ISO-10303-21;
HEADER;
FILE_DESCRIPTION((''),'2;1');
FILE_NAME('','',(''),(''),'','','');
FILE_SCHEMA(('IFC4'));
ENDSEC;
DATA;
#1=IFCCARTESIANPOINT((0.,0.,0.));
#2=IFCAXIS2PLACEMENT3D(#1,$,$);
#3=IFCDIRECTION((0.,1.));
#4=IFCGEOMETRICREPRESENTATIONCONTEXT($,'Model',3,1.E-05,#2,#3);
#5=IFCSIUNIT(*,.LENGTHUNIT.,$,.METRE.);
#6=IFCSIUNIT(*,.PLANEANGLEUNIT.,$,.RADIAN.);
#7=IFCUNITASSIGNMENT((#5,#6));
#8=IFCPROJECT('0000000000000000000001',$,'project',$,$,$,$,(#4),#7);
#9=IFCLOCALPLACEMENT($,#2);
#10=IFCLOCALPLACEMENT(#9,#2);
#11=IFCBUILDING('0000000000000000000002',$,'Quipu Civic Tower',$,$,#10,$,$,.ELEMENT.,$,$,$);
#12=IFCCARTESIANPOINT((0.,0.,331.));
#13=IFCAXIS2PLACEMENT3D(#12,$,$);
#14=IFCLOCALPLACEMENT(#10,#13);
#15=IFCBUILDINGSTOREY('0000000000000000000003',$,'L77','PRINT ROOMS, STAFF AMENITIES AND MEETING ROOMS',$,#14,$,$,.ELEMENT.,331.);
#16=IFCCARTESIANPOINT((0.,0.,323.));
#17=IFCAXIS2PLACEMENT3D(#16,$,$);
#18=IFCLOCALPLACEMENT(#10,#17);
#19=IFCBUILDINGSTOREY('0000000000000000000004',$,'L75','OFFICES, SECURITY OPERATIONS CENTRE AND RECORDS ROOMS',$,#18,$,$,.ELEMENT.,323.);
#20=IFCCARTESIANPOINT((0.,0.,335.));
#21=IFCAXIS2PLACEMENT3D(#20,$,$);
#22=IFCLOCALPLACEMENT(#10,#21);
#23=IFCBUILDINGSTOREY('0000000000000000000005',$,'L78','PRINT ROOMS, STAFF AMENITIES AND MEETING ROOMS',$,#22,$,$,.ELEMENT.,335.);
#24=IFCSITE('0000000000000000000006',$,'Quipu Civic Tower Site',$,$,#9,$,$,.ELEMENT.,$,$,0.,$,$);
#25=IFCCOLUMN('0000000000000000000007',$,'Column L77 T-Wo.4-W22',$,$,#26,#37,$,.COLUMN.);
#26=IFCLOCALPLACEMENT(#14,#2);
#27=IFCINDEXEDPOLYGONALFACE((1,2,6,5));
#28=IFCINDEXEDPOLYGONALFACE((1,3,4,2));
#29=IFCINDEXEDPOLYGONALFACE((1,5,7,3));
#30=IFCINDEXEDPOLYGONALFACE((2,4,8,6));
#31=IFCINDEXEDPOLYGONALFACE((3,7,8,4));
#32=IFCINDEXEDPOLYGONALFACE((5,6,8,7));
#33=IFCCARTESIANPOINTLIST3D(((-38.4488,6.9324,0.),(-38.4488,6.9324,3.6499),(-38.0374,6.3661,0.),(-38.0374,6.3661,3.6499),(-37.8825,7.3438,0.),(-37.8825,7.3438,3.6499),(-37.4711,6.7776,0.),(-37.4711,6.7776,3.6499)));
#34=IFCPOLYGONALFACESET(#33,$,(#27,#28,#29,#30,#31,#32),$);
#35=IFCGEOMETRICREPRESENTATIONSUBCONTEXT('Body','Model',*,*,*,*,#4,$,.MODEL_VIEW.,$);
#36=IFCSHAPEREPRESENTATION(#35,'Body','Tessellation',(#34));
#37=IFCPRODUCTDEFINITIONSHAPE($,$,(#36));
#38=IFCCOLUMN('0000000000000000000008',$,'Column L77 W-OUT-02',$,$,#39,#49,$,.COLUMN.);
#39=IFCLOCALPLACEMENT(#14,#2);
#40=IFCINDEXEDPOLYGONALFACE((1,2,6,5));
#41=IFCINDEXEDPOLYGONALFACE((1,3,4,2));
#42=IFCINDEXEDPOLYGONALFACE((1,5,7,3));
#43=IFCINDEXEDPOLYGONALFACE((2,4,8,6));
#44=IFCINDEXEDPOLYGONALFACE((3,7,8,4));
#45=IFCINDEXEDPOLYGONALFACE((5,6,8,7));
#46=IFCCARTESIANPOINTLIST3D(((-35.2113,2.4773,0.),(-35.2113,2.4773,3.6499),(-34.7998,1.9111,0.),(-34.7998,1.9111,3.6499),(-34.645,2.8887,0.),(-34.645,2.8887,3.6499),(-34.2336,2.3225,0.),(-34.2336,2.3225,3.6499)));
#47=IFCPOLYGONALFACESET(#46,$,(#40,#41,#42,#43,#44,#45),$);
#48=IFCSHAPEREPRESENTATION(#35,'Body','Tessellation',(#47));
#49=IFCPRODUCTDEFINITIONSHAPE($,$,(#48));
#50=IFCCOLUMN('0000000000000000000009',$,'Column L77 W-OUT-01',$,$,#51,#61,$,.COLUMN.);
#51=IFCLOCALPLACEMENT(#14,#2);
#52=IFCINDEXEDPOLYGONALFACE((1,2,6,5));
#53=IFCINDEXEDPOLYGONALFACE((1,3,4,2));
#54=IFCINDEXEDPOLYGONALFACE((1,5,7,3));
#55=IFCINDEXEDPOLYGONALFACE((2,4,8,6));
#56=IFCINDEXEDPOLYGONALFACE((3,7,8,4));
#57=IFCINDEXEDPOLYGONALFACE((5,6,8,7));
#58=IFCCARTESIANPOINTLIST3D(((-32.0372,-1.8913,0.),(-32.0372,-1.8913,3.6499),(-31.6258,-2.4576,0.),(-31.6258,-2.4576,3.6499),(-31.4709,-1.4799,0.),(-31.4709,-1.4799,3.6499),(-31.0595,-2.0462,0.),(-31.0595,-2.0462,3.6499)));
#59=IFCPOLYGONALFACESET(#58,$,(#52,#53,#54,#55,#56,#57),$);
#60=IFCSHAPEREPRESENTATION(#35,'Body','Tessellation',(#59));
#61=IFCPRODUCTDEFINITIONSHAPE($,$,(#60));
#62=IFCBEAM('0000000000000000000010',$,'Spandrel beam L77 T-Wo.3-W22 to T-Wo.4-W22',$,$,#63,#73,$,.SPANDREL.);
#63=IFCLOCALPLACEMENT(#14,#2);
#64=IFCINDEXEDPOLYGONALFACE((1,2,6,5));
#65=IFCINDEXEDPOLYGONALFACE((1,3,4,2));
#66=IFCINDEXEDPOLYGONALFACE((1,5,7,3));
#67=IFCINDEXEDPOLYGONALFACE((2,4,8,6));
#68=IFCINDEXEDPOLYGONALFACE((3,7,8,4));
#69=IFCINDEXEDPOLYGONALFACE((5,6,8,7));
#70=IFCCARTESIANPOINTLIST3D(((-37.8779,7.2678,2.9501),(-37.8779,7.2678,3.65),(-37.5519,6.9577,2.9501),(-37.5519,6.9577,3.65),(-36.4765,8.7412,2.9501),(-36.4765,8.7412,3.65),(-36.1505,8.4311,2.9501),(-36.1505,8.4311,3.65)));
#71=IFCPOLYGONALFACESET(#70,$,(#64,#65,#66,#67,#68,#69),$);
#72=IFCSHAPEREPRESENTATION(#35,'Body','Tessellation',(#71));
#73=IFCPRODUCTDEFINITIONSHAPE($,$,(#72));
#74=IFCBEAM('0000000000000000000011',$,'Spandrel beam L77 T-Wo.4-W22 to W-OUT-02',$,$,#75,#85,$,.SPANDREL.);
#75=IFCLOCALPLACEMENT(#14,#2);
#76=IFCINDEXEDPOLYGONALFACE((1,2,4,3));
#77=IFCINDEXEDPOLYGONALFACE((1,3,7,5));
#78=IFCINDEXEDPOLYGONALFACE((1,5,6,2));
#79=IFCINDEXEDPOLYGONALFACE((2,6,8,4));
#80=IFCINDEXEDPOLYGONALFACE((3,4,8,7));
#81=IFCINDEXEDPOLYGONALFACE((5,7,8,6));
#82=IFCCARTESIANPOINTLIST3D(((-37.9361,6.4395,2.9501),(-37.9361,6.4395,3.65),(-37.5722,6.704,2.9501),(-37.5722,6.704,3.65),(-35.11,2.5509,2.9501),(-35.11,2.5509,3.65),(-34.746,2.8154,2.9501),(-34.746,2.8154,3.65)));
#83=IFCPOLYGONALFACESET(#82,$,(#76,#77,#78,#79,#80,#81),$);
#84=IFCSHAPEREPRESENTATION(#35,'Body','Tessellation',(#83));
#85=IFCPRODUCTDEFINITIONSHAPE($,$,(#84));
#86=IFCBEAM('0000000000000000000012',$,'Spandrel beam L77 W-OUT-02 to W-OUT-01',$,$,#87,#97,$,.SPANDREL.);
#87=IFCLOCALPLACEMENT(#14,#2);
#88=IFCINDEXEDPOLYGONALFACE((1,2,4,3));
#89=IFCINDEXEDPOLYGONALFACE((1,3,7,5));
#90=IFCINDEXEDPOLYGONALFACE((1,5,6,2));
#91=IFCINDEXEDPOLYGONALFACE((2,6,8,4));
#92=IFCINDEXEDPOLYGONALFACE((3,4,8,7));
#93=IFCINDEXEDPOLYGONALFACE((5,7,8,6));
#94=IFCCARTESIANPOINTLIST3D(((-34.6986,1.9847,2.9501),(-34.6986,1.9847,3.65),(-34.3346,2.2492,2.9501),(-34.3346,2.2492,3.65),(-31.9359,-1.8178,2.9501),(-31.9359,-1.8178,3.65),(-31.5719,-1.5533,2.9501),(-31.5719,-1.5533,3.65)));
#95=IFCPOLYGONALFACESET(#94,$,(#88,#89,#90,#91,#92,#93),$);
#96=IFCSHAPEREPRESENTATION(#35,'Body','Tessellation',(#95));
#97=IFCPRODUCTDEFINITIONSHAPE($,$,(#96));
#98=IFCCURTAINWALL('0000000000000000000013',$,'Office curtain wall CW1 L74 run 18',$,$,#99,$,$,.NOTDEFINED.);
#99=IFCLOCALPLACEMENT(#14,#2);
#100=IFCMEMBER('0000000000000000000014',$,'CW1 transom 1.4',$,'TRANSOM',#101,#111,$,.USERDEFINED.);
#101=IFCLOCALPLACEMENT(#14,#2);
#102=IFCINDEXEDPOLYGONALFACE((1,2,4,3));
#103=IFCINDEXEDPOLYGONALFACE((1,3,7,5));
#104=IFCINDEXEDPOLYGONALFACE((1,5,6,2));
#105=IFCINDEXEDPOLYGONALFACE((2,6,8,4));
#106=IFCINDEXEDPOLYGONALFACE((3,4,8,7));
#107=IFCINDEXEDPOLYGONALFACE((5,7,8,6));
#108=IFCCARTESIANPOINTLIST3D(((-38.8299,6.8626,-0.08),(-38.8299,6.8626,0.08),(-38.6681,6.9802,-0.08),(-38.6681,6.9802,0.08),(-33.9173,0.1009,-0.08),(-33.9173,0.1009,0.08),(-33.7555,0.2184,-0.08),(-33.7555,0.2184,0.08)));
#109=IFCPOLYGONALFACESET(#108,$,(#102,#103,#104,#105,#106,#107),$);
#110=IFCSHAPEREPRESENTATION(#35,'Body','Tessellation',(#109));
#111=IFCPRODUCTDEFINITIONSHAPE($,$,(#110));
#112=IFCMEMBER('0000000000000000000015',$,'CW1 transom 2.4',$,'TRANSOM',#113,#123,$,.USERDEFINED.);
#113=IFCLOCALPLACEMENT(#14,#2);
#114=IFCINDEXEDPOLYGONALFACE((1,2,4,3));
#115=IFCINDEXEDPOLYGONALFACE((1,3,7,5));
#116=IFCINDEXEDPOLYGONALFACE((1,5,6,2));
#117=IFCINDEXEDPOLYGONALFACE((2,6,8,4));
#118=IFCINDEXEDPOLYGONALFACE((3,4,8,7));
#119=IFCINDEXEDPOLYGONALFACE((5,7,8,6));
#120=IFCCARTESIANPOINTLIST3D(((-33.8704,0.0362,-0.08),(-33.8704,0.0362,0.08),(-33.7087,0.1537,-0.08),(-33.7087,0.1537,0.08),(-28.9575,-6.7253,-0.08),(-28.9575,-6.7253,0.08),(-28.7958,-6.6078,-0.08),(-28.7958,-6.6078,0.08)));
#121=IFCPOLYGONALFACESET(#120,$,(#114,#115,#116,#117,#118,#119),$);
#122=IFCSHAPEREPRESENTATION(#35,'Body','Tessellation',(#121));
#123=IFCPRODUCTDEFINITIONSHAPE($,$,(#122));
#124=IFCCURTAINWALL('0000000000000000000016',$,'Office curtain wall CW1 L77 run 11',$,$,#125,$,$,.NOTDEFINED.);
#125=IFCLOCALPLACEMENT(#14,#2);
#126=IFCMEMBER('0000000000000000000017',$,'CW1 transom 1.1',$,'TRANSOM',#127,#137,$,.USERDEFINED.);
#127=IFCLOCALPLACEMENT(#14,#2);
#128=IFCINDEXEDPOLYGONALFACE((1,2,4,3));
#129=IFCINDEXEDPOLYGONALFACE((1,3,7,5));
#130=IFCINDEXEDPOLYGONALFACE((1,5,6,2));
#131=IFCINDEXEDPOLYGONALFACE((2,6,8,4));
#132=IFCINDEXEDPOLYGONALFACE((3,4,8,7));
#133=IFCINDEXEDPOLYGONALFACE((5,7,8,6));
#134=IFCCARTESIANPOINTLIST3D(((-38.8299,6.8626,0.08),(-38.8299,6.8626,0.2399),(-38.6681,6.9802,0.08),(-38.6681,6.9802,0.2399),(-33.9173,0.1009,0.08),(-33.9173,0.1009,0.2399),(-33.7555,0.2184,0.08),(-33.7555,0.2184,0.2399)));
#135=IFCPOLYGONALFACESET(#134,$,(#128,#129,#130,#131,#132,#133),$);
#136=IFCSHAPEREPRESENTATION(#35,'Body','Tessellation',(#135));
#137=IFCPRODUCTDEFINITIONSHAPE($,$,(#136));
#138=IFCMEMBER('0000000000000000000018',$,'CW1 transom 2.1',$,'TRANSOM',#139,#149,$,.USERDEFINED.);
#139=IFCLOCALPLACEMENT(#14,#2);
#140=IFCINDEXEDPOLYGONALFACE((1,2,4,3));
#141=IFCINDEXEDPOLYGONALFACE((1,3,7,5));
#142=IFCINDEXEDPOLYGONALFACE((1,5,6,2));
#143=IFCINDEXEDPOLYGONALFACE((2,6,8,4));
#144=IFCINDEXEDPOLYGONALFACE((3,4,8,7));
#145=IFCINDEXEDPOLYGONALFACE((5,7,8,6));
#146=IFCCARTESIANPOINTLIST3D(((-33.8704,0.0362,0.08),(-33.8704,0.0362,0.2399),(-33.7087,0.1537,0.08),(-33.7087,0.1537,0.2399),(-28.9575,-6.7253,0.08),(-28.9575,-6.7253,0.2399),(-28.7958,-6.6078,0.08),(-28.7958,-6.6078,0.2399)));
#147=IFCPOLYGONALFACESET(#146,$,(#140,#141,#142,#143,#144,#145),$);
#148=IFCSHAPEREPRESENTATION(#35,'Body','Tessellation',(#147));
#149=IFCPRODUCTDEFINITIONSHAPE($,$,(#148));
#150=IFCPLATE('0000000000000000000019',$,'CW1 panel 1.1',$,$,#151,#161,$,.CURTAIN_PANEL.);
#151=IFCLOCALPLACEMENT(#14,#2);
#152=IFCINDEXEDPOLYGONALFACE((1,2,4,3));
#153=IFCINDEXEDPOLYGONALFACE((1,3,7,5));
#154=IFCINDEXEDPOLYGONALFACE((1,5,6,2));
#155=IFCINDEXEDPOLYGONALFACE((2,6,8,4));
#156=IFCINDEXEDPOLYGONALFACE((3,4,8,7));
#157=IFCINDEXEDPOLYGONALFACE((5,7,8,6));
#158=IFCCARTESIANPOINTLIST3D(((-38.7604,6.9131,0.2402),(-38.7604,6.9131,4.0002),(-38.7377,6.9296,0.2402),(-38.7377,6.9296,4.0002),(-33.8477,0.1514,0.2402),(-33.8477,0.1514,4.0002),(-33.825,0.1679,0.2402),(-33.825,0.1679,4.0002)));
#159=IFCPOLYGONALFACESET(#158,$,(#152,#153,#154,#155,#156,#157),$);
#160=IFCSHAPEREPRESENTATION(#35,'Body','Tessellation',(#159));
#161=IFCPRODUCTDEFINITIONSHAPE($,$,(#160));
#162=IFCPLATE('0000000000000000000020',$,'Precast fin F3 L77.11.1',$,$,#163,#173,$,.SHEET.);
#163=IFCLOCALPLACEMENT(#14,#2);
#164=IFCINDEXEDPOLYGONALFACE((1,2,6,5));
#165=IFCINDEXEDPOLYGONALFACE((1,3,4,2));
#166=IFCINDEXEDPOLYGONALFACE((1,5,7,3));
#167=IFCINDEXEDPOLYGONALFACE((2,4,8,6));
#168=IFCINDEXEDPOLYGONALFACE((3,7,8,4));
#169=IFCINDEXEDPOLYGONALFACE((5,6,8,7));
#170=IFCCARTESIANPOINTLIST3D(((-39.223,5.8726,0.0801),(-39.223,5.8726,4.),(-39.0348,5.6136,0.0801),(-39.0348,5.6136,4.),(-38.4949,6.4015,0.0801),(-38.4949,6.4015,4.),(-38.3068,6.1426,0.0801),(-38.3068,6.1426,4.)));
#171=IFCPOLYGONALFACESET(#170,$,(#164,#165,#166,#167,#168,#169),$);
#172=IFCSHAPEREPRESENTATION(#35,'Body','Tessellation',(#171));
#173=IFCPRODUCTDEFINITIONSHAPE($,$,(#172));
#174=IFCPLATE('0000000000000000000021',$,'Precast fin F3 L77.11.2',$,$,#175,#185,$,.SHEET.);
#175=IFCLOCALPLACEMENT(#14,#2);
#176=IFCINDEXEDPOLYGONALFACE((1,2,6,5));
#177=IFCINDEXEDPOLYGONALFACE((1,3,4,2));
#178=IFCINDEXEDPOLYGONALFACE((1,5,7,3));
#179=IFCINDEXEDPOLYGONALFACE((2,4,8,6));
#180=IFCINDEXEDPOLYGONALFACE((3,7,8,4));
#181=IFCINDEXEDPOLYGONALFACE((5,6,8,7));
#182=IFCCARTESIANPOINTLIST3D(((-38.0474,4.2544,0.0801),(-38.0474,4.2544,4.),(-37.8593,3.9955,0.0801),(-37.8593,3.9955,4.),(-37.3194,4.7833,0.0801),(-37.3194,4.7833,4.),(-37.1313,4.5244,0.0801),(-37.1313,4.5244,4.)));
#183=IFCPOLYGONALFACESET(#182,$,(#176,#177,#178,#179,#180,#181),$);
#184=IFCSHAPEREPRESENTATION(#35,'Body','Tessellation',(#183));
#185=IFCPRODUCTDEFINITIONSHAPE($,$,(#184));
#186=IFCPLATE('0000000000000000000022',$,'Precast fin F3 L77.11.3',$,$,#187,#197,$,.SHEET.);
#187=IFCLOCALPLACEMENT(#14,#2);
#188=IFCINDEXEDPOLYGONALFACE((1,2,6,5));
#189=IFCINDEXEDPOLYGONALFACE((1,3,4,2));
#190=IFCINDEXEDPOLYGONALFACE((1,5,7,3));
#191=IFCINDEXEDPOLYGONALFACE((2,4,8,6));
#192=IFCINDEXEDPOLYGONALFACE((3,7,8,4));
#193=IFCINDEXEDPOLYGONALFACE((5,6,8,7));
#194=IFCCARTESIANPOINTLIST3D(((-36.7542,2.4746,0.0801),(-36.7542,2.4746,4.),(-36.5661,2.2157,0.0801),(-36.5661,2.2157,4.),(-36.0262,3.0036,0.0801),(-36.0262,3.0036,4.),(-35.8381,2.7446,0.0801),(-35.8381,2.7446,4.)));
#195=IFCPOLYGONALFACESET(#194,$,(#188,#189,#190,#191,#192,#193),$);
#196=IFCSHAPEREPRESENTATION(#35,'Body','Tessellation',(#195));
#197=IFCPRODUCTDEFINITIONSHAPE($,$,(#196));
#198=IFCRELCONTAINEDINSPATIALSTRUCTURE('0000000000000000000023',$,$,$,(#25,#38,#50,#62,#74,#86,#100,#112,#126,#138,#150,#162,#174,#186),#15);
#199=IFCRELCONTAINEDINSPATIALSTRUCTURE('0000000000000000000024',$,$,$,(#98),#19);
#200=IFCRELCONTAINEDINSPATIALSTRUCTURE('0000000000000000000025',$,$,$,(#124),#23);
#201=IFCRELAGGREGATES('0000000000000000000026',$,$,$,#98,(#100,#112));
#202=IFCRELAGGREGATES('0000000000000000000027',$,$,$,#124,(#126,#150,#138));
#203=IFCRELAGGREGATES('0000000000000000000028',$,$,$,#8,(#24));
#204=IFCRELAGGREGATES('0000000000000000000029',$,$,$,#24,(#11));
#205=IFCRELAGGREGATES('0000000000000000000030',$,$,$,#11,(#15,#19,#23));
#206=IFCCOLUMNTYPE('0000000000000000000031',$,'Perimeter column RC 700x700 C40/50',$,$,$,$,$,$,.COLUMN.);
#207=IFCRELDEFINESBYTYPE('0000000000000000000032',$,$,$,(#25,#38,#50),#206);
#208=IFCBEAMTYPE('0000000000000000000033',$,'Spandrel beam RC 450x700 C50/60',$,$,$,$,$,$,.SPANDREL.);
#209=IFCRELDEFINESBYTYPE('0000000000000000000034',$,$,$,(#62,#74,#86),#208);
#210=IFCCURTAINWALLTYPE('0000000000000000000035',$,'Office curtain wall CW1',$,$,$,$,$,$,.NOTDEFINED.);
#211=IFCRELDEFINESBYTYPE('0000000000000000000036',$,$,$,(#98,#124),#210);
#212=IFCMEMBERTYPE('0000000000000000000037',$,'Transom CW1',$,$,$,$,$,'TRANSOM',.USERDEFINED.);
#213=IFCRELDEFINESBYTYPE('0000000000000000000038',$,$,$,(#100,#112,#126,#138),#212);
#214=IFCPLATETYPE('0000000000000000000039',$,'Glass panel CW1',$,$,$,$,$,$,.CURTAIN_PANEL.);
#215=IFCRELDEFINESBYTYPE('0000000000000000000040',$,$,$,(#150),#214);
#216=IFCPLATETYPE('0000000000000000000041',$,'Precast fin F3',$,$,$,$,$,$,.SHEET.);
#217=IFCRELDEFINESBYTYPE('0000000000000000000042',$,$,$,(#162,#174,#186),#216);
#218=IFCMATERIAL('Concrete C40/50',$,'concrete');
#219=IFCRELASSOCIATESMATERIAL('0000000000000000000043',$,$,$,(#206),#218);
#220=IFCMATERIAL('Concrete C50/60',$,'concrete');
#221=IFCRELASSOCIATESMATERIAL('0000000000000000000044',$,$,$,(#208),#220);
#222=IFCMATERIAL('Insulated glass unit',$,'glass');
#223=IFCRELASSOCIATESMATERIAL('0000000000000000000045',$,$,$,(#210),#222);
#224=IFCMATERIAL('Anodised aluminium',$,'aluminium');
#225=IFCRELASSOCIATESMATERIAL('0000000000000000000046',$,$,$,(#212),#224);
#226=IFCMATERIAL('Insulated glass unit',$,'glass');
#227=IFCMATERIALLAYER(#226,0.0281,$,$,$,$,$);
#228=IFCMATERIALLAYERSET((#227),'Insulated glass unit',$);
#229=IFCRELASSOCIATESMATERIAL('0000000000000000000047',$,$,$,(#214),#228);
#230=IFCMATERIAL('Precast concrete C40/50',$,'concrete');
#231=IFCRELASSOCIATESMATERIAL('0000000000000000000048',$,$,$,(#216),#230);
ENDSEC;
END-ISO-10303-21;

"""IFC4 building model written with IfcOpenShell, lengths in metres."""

from ifc_helpers import new_model, si_unit, direction, frame, origin, origin_2d, place, context, subcontext, project, spatial, rectangle, extrude, material, layer, layer_set, material_profile, profile_set, type_object, element, aggregate, save


model = new_model("IFC4")

# Units and contexts
model_context = context("Model", 3, precision=1e-05, world=origin(), true_north=direction((0.0, 1.0)))
body_context = subcontext(model_context, "Body", "Model", "MODEL_VIEW")
ifc_project = project(units=[si_unit("LENGTHUNIT", "METRE"), si_unit("PLANEANGLEUNIT", "RADIAN")], contexts=[model_context])

# Site, building, storey
site_placement = place(None, origin())
site = spatial("IfcSite", under=ifc_project, at=site_placement, Name="Quipu Civic Tower Site", CompositionType="ELEMENT", RefElevation=0.0)
building_placement = place(site_placement, origin())
building = spatial("IfcBuilding", under=site, at=building_placement, Name="Quipu Civic Tower", CompositionType="ELEMENT")
storey_1_placement = place(building_placement, frame((0.0, 0.0, 331.0)))
storey_1 = spatial("IfcBuildingStorey", under=building, at=storey_1_placement, Name="L77", Description="PRINT ROOMS, STAFF AMENITIES AND MEETING ROOMS", CompositionType="ELEMENT", Elevation=331.0)

# Columns
ifc_material_1 = material(Name="Concrete C40/50", Category="concrete")
ifc_material_profile_1 = material_profile(ifc_material_1, rectangle(XDim=0.7, YDim=0.7, at=origin_2d()), Name="RC700x700")
ifc_profile_set_1 = profile_set([ifc_material_profile_1], Name="Concrete C40/50")
column_type = type_object("IfcColumnType", Name="Perimeter column RC 700x700 C40/50", PredefinedType="COLUMN", material=ifc_profile_set_1)
for number, where, z_axis, x_axis, name in (
    (1, (-37.96, 6.855, 0.0), (0.0, 0.0, 1.0), (0.587785, -0.809017, 0.0), "Column L77 T-Wo.4-W22"),
    (2, (-34.7224, 2.3999, 0.0), (0.0, 0.0, 1.0), (0.587785, -0.809017, 0.0), "Column L77 W-OUT-02"),
    (3, (-31.5483, -1.9688, 0.0), (0.0, 0.0, 1.0), (0.587785, -0.809017, 0.0), "Column L77 W-OUT-01"),
):
    element("IfcColumn", number, at=place(storey_1_placement, frame(where, z_axis=z_axis, x_axis=x_axis)), inside=storey_1, type_object=column_type, Name=name, PredefinedType="COLUMN", context=body_context, shape_type="SweptSolid", body=[
        extrude(rectangle(XDim=0.7, YDim=0.7, at=origin_2d()), origin(), (0.0, 0.0, 1.0), 3.6499),
    ])

# Beams
ifc_material_2 = material(Name="Concrete C50/60", Category="concrete")
ifc_material_profile_2 = material_profile(ifc_material_2, rectangle(XDim=0.45, YDim=0.7, at=origin_2d()), Name="RC450x700")
ifc_profile_set_2 = profile_set([ifc_material_profile_2], Name="Concrete C50/60")
beam_type = type_object("IfcBeamType", Name="Spandrel beam RC 450x700 C50/60", PredefinedType="SPANDREL", material=ifc_profile_set_2)
beam_1_placement = place(storey_1_placement, frame((-36.3135, 8.5862, 3.3), z_axis=(-0.689175, -0.724595, 0.0), x_axis=(0.724595, -0.689175, 0.0)))
element("IfcBeam", 4, at=beam_1_placement, inside=storey_1, type_object=beam_type, Name="Spandrel beam L77 T-Wo.3-W22 to T-Wo.4-W22", PredefinedType="SPANDREL", context=body_context, shape_type="SweptSolid", body=[
    extrude(rectangle(XDim=0.45, YDim=0.7, at=origin_2d()), origin(), (0.0, 0.0, 1.0), 2.0334),
])
beam_2_placement = place(storey_1_placement, frame((-37.7542, 6.5718, 3.3), z_axis=(0.587906, -0.808929, 0.0), x_axis=(0.808929, 0.587906, 0.0)))
element("IfcBeam", 5, at=beam_2_placement, inside=storey_1, type_object=beam_type, Name="Spandrel beam L77 T-Wo.4-W22 to W-OUT-02", PredefinedType="SPANDREL", context=body_context, shape_type="SweptSolid", body=[
    extrude(rectangle(XDim=0.45, YDim=0.7, at=origin_2d()), origin(), (0.0, 0.0, 1.0), 4.8071),
])
beam_3_placement = place(storey_1_placement, frame((-34.5166, 2.1169, 3.3), z_axis=(0.587789, -0.809015, 0.0), x_axis=(0.809015, 0.587789, 0.0)))
element("IfcBeam", 6, at=beam_3_placement, inside=storey_1, type_object=beam_type, Name="Spandrel beam L77 W-OUT-02 to W-OUT-01", PredefinedType="SPANDREL", context=body_context, shape_type="SweptSolid", body=[
    extrude(rectangle(XDim=0.45, YDim=0.7, at=origin_2d()), origin(), (0.0, 0.0, 1.0), 4.7002),
])

# Shared definitions
storey_2_placement = place(building_placement, frame((0.0, 0.0, 323.0)))
storey_2 = spatial("IfcBuildingStorey", under=building, at=storey_2_placement, Name="L75", Description="OFFICES, SECURITY OPERATIONS CENTRE AND RECORDS ROOMS", CompositionType="ELEMENT", Elevation=323.0)

# Curtain wall, members
ifc_material_3 = material(Name="Insulated glass unit", Category="glass")
curtain_wall_type = type_object("IfcCurtainWallType", Name="Office curtain wall CW1", PredefinedType="NOTDEFINED", material=ifc_material_3)
curtain_wall_1_placement = place(storey_2_placement, origin())
curtain_wall_1 = element("IfcCurtainWall", 7, at=curtain_wall_1_placement, inside=storey_2, type_object=curtain_wall_type, Name="Office curtain wall CW1 L74 run 18", PredefinedType="NOTDEFINED")
ifc_material_4 = material(Name="Anodised aluminium", Category="aluminium")
ifc_material_profile_3 = material_profile(ifc_material_4, rectangle(XDim=0.2, YDim=0.1599, at=origin_2d()), Name="RECT 200x160")
ifc_profile_set_3 = profile_set([ifc_material_profile_3], Name="Anodised aluminium")
member_type = type_object("IfcMemberType", Name="Transom CW1", ElementType="TRANSOM", PredefinedType="USERDEFINED", material=ifc_profile_set_3)
member_1_placement = place(storey_1_placement, frame((-38.749, 6.9214, 0.0), z_axis=(0.587779, -0.809021, 0.0), x_axis=(0.809021, 0.587779, 0.0)))
member_1 = element("IfcMember", 8, at=member_1_placement, inside=storey_1, type_object=member_type, Name="CW1 transom 1.4", ObjectType="TRANSOM", PredefinedType="USERDEFINED", context=body_context, shape_type="SweptSolid", body=[
    extrude(rectangle(XDim=0.2, YDim=0.1599, at=origin_2d()), origin(), (0.0, 0.0, 1.0), 8.3579),
])
member_2_placement = place(storey_1_placement, frame((-33.7896, 0.095, 0.0), z_axis=(0.587812, -0.808997, 0.0), x_axis=(0.808997, 0.587812, 0.0)))
member_2 = element("IfcMember", 9, at=member_2_placement, inside=storey_1, type_object=member_type, Name="CW1 transom 2.4", ObjectType="TRANSOM", PredefinedType="USERDEFINED", context=body_context, shape_type="SweptSolid", body=[
    extrude(rectangle(XDim=0.2, YDim=0.1599, at=origin_2d()), origin(), (0.0, 0.0, 1.0), 8.3579),
])
aggregate(curtain_wall_1, [member_1, member_2])

# Shared definitions
storey_3_placement = place(building_placement, frame((0.0, 0.0, 335.0)))
storey_3 = spatial("IfcBuildingStorey", under=building, at=storey_3_placement, Name="L78", Description="PRINT ROOMS, STAFF AMENITIES AND MEETING ROOMS", CompositionType="ELEMENT", Elevation=335.0)

# Curtain wall, members, plate
curtain_wall_2_placement = place(storey_3_placement, origin())
curtain_wall_2 = element("IfcCurtainWall", 10, at=curtain_wall_2_placement, inside=storey_3, type_object=curtain_wall_type, Name="Office curtain wall CW1 L77 run 11", PredefinedType="NOTDEFINED")
member_3_placement = place(storey_1_placement, frame((-38.749, 6.9214, 0.1599), z_axis=(0.587779, -0.809021, 0.0), x_axis=(0.809021, 0.587779, 0.0)))
member_3 = element("IfcMember", 11, at=member_3_placement, inside=storey_1, type_object=member_type, Name="CW1 transom 1.1", ObjectType="TRANSOM", PredefinedType="USERDEFINED", context=body_context, shape_type="SweptSolid", body=[
    extrude(rectangle(XDim=0.2, YDim=0.1599, at=origin_2d()), origin(), (0.0, 0.0, 1.0), 8.3579),
])
member_4_placement = place(storey_1_placement, frame((-33.7896, 0.095, 0.1599), z_axis=(0.587812, -0.808997, 0.0), x_axis=(0.808997, 0.587812, 0.0)))
member_4 = element("IfcMember", 12, at=member_4_placement, inside=storey_1, type_object=member_type, Name="CW1 transom 2.1", ObjectType="TRANSOM", PredefinedType="USERDEFINED", context=body_context, shape_type="SweptSolid", body=[
    extrude(rectangle(XDim=0.2, YDim=0.1599, at=origin_2d()), origin(), (0.0, 0.0, 1.0), 8.3579),
])
ifc_material_5 = material(Name="Insulated glass unit", Category="glass")
ifc_layer_1 = layer(ifc_material_5, 0.0281)
ifc_layer_set_1 = layer_set([ifc_layer_1], Name="Insulated glass unit")
plate_type_1 = type_object("IfcPlateType", Name="Glass panel CW1", PredefinedType="CURTAIN_PANEL", material=ifc_layer_set_1)
plate_placement = place(storey_1_placement, frame((-36.2927, 3.5405, 0.2402), z_axis=(0.0, 0.0, 1.0), x_axis=(0.587786, -0.809016, 0.0)))
plate = element("IfcPlate", 13, at=plate_placement, inside=storey_1, type_object=plate_type_1, Name="CW1 panel 1.1", PredefinedType="CURTAIN_PANEL", context=body_context, shape_type="SweptSolid", body=[
    extrude(rectangle(XDim=8.3579, YDim=0.0281, at=origin_2d()), origin(), (0.0, 0.0, 1.0), 3.76),
])
aggregate(curtain_wall_2, [member_3, plate, member_4])

# Plates
ifc_material_6 = material(Name="Precast concrete C40/50", Category="concrete")
plate_type_2 = type_object("IfcPlateType", Name="Precast fin F3", PredefinedType="SHEET", material=ifc_material_6)
for number, where, z_axis, x_axis, name in (
    (14, (-38.7649, 6.0076, 0.0801), (0.0, 0.0, 1.0), (0.587787, -0.809016, 0.0), "Precast fin F3 L77.11.1"),
    (15, (-37.5894, 4.3894, 0.0801), (0.0, 0.0, 1.0), (0.587787, -0.809016, 0.0), "Precast fin F3 L77.11.2"),
    (16, (-36.2961, 2.6096, 0.0801), (0.0, 0.0, 1.0), (0.587787, -0.809016, 0.0), "Precast fin F3 L77.11.3"),
):
    element("IfcPlate", number, at=place(storey_1_placement, frame(where, z_axis=z_axis, x_axis=x_axis)), inside=storey_1, type_object=plate_type_2, Name=name, PredefinedType="SHEET", context=body_context, shape_type="SweptSolid", body=[
        extrude(rectangle(XDim=0.3201, YDim=0.8999, at=origin_2d()), origin(), (0.0, 0.0, 1.0), 3.9199),
    ])

save(model, "model.ifc")
